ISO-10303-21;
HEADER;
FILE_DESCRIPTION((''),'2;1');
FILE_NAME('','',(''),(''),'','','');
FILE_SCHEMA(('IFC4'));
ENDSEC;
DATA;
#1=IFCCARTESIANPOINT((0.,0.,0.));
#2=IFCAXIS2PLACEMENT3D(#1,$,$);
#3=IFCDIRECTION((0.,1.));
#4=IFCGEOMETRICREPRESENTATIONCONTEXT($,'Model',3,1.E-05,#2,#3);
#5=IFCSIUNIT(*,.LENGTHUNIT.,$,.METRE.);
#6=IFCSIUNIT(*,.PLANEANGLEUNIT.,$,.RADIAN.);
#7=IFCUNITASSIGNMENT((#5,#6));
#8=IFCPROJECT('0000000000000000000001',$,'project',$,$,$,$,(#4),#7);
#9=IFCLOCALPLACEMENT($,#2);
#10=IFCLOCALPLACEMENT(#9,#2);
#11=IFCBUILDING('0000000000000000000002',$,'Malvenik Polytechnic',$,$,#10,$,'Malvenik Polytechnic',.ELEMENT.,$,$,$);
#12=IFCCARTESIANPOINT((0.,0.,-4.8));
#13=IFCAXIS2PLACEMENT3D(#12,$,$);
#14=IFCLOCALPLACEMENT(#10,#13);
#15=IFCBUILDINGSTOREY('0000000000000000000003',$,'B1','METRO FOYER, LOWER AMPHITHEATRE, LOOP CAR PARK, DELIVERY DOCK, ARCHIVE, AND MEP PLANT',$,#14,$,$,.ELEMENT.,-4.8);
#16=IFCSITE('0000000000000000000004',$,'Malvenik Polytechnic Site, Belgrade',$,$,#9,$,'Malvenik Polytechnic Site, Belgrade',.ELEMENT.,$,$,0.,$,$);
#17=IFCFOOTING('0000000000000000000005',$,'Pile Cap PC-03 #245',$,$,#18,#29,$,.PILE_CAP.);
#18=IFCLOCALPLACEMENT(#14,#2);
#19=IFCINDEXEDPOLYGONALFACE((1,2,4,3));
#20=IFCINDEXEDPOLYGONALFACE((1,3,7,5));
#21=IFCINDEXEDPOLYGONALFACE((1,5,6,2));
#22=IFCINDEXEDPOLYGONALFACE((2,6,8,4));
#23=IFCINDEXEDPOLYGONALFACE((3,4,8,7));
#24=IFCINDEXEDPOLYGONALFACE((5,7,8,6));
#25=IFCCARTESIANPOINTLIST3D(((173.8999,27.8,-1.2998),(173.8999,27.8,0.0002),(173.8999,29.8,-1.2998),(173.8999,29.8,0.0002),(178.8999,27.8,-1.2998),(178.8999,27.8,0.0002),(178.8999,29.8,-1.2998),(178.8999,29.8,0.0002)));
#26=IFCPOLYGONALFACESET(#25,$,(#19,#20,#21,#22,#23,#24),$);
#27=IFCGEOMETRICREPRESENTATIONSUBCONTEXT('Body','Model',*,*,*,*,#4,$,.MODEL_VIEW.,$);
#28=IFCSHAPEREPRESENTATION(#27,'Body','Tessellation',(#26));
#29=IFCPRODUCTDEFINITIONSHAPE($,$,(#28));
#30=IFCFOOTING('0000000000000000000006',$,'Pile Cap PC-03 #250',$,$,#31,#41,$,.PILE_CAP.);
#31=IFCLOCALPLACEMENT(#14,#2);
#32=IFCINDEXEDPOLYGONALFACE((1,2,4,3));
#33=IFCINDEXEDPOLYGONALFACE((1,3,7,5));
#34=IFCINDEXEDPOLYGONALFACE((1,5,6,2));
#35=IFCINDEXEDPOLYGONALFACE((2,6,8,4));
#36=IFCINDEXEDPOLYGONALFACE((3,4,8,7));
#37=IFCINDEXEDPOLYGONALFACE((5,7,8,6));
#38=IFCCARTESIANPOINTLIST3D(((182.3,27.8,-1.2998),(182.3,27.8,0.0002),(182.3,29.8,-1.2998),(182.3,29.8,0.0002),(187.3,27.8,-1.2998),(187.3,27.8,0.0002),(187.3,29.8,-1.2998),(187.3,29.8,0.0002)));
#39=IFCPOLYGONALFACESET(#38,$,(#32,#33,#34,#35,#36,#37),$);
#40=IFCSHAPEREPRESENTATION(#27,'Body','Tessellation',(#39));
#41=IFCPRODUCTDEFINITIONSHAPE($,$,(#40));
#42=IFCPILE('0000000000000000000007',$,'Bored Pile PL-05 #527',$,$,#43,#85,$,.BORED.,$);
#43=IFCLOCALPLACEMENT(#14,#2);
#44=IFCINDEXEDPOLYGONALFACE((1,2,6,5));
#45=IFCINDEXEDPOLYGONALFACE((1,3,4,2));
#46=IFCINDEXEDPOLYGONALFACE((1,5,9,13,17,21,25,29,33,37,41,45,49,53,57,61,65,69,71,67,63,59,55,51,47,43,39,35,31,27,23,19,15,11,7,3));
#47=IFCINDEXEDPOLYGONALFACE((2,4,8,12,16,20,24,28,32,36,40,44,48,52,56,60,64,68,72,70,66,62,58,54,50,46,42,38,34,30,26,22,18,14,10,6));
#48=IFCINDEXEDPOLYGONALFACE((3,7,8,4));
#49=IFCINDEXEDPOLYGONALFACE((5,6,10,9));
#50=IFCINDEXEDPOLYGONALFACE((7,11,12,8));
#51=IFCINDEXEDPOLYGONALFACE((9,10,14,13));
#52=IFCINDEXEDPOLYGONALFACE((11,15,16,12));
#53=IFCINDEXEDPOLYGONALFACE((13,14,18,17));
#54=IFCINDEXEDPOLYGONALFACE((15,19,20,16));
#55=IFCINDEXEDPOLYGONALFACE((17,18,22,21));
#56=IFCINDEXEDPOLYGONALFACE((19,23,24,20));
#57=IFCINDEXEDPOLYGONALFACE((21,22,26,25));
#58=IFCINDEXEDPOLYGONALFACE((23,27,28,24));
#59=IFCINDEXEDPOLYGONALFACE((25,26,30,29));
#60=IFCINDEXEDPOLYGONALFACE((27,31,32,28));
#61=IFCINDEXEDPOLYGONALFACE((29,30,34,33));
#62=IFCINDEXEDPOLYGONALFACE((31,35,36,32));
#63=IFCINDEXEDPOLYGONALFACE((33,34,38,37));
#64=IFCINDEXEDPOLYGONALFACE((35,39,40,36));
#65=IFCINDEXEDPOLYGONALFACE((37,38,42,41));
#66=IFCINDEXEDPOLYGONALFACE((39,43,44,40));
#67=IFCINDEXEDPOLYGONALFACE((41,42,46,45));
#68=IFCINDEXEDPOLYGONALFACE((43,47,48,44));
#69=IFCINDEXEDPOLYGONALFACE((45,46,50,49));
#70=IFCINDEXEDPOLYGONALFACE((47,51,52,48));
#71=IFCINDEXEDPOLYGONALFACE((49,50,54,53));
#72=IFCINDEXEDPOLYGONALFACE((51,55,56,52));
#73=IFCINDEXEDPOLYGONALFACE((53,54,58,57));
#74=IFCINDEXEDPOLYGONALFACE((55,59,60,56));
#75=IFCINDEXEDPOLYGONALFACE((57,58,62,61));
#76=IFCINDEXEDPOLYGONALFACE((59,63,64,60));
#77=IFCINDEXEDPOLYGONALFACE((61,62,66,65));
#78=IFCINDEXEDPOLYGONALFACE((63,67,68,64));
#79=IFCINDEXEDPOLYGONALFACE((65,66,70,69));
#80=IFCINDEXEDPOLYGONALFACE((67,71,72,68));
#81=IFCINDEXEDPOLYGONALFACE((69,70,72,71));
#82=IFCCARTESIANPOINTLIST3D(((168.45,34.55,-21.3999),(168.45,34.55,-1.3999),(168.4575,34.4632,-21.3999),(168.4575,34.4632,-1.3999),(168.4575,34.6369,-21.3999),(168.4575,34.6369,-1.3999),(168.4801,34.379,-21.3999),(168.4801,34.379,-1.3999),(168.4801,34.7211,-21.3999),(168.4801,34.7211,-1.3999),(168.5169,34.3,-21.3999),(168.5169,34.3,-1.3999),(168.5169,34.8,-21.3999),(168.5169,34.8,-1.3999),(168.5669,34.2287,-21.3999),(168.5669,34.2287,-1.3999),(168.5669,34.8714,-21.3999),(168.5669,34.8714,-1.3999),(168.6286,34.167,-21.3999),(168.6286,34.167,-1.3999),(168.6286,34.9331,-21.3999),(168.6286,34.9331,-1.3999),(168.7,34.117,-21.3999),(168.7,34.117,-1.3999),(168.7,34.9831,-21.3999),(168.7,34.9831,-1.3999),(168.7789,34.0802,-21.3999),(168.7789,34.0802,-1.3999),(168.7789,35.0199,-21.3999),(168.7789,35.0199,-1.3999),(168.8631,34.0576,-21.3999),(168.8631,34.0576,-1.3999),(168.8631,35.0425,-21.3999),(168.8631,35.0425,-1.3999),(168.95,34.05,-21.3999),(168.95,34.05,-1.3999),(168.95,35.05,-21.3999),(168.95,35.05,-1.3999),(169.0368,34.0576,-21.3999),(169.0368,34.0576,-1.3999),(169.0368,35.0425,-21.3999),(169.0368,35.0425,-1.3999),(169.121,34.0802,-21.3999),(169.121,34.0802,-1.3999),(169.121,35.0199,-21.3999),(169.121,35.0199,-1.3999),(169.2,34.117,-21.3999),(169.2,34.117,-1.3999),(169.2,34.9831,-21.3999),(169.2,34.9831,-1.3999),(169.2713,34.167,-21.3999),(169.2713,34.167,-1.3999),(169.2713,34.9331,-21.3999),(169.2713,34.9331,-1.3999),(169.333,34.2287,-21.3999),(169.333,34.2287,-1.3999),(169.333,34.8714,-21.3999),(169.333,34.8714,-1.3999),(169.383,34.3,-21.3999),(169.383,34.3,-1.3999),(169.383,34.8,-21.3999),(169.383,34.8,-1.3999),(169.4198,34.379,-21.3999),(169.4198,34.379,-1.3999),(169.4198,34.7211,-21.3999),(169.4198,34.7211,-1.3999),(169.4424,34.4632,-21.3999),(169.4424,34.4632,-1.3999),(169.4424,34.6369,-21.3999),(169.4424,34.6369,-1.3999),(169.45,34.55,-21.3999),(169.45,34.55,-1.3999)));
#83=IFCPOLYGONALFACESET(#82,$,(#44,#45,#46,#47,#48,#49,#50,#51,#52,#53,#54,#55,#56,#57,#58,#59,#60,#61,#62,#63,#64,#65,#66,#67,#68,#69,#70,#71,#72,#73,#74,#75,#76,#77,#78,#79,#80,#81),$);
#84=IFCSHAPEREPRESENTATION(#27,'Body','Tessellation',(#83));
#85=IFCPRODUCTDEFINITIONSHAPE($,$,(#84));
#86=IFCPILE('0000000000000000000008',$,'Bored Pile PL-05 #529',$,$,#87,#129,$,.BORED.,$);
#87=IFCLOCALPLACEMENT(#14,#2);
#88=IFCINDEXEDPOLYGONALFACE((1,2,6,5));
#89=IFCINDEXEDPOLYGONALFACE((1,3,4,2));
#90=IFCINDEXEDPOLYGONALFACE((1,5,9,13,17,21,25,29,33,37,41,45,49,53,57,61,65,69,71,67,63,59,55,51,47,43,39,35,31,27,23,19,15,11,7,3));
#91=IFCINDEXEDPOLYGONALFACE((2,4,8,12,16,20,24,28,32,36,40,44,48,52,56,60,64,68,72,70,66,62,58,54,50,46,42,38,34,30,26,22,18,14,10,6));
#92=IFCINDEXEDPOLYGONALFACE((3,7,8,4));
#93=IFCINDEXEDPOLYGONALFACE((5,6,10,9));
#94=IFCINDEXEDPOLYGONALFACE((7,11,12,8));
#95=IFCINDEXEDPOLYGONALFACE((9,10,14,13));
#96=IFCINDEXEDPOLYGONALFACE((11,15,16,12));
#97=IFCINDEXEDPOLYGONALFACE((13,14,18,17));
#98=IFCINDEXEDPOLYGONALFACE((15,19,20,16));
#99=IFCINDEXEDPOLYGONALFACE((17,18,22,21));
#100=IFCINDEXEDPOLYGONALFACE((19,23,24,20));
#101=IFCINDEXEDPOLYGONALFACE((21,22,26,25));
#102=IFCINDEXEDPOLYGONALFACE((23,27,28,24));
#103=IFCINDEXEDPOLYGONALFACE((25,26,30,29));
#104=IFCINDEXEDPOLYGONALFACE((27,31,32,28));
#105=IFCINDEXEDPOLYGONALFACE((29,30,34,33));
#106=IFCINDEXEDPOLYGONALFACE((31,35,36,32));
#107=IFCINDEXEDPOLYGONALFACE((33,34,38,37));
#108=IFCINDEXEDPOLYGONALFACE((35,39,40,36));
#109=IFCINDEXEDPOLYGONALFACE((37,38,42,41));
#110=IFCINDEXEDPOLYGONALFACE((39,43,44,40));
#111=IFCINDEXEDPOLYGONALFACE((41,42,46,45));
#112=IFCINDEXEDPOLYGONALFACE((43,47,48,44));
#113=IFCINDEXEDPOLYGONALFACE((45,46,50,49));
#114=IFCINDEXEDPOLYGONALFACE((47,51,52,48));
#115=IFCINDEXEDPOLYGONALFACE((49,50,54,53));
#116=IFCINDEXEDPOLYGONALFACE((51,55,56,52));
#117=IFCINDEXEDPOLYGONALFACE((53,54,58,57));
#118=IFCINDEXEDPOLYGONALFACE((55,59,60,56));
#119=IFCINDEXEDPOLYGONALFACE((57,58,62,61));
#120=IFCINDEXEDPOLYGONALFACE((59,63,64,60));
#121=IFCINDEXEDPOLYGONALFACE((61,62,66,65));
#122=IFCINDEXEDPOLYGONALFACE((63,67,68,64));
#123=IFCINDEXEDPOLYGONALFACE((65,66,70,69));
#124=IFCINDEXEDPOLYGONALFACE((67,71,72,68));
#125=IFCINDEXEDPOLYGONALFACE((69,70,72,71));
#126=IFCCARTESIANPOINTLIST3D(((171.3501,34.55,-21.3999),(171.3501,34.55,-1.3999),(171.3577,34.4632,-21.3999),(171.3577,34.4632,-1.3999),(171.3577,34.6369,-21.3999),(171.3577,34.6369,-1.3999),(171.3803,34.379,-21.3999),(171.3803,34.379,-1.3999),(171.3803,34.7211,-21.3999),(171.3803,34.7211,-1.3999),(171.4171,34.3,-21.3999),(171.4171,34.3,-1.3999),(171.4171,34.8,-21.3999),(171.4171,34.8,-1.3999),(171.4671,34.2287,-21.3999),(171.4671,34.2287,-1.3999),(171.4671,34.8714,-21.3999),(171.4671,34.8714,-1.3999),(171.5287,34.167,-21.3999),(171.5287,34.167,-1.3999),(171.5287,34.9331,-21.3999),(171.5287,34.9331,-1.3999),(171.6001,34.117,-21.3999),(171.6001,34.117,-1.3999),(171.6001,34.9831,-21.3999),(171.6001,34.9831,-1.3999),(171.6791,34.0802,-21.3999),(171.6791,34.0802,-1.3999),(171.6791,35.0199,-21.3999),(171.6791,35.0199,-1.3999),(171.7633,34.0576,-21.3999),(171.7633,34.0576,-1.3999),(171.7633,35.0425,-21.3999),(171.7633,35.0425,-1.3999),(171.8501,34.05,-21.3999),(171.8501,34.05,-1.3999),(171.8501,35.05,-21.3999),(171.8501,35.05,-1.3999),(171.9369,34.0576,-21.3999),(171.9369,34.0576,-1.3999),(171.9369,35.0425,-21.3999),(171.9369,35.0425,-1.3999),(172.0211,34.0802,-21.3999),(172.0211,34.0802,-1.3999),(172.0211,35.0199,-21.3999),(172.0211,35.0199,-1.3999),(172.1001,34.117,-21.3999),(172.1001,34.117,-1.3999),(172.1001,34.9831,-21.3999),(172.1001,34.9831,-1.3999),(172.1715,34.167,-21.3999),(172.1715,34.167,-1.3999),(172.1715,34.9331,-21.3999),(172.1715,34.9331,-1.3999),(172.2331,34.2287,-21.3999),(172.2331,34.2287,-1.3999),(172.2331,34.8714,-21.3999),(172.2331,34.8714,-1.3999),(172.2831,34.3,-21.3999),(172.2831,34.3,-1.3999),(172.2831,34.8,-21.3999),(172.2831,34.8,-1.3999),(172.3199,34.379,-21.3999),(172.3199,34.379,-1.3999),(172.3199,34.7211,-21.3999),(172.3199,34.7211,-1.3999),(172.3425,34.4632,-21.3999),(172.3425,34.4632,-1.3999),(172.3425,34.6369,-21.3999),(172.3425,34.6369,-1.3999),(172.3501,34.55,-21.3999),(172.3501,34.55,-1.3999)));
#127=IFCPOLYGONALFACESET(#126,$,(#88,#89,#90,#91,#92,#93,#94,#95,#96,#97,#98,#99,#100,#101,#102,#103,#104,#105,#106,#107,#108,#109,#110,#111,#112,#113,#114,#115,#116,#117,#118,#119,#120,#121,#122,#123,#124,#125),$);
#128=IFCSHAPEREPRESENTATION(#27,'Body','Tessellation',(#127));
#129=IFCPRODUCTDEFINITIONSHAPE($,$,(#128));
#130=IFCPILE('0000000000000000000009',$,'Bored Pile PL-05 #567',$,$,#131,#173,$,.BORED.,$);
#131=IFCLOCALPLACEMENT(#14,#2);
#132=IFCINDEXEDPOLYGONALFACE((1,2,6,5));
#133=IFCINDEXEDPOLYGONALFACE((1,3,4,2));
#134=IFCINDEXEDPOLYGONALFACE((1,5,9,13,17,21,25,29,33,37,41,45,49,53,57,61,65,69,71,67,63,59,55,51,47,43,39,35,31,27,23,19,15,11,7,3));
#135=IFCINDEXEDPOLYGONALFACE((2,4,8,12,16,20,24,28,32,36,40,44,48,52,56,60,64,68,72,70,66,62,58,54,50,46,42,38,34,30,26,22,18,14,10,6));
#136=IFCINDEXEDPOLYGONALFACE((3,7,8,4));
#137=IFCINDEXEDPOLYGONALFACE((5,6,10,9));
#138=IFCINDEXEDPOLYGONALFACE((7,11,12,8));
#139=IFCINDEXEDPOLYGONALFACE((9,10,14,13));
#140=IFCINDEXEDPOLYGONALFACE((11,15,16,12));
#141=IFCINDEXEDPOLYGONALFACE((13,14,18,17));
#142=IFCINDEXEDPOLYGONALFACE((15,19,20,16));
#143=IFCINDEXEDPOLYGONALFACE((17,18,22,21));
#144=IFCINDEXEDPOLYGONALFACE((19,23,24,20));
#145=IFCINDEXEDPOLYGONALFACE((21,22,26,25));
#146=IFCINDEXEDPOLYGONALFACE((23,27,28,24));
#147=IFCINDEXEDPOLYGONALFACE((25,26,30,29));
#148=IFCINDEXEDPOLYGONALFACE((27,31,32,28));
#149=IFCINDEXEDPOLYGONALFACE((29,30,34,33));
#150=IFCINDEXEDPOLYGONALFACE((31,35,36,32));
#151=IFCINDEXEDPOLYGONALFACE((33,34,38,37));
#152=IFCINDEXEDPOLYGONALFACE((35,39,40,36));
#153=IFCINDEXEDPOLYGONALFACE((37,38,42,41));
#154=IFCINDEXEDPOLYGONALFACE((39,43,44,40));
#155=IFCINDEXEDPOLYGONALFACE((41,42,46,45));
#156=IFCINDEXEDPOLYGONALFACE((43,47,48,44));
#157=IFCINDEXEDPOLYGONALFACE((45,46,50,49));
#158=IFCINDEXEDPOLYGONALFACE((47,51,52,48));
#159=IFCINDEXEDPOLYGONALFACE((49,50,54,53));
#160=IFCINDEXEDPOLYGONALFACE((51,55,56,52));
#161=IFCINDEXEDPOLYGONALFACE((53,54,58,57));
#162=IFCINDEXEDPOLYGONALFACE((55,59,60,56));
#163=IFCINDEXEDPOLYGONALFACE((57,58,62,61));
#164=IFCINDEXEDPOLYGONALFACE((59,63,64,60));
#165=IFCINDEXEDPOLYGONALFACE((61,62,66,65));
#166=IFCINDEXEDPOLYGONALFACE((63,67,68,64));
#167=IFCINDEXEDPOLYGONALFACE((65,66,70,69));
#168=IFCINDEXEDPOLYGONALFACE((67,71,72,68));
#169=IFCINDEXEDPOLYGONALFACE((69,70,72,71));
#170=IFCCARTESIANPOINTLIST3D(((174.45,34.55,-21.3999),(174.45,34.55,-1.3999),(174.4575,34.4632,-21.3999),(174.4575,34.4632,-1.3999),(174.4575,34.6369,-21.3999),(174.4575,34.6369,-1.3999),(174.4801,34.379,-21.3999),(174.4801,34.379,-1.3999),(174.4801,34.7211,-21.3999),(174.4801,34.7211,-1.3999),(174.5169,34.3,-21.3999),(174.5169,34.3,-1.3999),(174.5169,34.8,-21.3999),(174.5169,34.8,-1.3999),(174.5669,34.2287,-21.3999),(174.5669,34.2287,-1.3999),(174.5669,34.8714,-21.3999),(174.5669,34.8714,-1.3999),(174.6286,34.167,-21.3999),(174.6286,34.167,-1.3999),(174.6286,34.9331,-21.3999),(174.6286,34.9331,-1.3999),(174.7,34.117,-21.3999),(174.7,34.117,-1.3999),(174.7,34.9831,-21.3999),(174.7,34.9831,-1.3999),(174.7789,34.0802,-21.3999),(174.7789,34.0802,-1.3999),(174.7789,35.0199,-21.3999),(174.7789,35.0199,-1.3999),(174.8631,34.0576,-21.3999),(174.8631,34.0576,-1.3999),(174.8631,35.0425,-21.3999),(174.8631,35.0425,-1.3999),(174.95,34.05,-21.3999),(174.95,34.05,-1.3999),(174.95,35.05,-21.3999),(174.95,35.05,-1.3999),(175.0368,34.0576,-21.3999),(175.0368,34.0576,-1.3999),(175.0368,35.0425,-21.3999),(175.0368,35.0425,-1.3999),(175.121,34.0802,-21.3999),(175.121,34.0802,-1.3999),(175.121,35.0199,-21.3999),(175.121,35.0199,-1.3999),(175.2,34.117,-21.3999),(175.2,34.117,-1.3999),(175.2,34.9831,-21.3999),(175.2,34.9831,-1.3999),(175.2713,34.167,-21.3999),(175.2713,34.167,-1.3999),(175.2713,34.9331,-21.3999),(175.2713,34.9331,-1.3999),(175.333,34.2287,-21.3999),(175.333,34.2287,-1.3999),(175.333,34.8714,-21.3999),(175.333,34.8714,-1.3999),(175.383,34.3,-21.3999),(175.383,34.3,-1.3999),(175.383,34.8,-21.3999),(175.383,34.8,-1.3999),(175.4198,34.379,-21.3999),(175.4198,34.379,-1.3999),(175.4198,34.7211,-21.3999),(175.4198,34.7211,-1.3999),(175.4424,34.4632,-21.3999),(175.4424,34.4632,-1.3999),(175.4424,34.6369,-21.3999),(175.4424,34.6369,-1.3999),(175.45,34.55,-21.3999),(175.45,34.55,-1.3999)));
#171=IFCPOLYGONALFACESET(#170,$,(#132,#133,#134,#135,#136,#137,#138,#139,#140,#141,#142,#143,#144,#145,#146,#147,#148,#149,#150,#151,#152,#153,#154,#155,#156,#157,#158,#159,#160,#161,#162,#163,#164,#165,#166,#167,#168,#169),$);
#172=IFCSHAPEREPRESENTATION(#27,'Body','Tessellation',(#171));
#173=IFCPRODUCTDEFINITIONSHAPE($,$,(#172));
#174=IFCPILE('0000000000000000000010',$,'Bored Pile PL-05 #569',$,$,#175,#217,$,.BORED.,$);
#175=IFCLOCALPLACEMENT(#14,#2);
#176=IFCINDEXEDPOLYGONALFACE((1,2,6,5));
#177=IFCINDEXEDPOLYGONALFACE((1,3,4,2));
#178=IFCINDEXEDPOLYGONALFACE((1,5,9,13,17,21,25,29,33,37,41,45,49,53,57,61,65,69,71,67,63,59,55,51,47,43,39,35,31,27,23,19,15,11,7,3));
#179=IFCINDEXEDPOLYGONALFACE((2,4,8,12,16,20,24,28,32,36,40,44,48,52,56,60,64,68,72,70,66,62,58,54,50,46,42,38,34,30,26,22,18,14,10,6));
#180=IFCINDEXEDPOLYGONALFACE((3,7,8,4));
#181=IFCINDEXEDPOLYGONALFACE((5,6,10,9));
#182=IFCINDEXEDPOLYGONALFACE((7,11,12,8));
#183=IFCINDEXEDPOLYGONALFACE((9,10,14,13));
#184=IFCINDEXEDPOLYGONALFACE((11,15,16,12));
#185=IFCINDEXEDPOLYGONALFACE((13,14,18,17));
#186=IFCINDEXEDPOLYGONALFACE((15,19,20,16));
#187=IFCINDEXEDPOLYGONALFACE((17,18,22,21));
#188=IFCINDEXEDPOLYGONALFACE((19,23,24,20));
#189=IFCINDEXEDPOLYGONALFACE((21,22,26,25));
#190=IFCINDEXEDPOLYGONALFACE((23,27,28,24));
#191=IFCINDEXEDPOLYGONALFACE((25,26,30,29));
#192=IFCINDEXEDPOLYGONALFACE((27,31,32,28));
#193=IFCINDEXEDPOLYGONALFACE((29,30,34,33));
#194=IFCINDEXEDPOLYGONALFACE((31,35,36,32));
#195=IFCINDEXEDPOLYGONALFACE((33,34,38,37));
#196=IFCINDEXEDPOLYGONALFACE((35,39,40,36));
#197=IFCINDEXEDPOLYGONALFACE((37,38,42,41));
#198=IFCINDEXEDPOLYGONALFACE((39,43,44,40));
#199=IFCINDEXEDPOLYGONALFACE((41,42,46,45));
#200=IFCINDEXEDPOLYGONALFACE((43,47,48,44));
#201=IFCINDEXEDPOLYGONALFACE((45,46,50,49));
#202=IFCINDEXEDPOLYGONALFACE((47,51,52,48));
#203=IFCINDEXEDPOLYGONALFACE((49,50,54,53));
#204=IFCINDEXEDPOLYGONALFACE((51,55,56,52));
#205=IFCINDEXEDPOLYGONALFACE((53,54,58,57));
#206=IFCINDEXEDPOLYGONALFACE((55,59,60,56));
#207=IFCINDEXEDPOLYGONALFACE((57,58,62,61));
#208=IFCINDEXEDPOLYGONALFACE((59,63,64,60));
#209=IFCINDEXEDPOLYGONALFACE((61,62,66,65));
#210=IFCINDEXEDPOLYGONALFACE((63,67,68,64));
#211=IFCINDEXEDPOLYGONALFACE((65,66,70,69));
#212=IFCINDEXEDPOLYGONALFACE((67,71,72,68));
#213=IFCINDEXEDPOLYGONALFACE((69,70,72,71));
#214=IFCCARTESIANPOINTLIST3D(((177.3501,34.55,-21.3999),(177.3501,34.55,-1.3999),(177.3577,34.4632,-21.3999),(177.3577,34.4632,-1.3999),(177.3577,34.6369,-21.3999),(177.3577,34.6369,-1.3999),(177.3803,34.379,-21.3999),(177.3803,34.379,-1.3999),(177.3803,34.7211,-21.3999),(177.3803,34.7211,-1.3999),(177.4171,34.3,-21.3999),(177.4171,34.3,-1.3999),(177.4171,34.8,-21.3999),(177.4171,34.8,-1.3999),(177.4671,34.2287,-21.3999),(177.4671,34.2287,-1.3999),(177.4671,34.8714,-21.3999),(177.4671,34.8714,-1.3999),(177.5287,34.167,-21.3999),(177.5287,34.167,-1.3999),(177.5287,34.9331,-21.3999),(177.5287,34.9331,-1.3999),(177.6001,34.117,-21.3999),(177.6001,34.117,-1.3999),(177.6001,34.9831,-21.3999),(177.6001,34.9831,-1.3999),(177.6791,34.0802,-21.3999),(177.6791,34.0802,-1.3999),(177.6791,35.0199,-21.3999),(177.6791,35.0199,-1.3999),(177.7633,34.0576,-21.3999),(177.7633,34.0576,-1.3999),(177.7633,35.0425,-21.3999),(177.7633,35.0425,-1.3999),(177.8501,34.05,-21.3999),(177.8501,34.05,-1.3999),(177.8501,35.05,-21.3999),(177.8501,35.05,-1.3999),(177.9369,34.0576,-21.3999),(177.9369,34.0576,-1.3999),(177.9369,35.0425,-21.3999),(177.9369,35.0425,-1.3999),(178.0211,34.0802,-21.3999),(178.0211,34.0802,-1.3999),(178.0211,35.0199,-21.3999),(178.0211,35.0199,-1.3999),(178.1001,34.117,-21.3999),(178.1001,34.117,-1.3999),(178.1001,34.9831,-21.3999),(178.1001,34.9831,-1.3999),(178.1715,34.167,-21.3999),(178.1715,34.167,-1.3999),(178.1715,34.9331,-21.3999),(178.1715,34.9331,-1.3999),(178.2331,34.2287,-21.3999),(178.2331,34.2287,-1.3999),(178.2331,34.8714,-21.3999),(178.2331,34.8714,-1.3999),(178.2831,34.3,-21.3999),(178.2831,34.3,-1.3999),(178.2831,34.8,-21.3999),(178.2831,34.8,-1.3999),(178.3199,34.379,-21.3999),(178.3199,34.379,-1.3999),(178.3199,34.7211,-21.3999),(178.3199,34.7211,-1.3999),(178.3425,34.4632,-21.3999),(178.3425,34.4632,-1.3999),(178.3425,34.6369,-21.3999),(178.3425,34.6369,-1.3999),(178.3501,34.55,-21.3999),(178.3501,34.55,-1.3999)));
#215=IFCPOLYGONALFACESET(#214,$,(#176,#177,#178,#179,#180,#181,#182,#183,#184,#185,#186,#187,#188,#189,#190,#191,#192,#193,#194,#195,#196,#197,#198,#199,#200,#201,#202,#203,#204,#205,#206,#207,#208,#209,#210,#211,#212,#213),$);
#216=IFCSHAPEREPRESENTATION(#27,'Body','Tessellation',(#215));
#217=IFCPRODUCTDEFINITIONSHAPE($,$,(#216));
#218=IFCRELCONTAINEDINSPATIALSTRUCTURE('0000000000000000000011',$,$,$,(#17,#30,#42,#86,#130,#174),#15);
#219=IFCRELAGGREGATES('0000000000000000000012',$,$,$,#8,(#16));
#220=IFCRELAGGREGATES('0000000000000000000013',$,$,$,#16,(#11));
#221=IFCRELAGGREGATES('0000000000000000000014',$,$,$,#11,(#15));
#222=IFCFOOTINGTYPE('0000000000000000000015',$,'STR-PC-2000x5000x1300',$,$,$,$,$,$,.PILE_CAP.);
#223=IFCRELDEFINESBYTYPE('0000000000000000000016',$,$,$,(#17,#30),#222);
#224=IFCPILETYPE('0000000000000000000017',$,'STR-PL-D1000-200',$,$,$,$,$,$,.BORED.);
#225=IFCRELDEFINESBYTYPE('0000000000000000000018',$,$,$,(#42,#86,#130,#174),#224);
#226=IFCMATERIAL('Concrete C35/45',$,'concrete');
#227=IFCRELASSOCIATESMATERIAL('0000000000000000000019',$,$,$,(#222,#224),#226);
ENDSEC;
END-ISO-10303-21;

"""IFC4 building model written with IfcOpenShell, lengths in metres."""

from ifc_helpers import new_model, si_unit, direction, frame, origin, origin_2d, place, context, subcontext, project, spatial, rectangle, circle, extrude, material, material_profile, profile_set, type_object, element, save


model = new_model("IFC4")

# Units and contexts
model_context = context("Model", 3, precision=1e-05, world=origin(), true_north=direction((0.0, 1.0)))
body_context = subcontext(model_context, "Body", "Model", "MODEL_VIEW")
ifc_project = project(units=[si_unit("LENGTHUNIT", "METRE"), si_unit("PLANEANGLEUNIT", "RADIAN")], contexts=[model_context])

# Site, building, storey
site_placement = place(None, origin())
site = spatial("IfcSite", under=ifc_project, at=site_placement, Name="Malvenik Polytechnic Site, Belgrade", LongName="Malvenik Polytechnic Site, Belgrade", CompositionType="ELEMENT", RefElevation=0.0)
building_placement = place(site_placement, origin())
building = spatial("IfcBuilding", under=site, at=building_placement, Name="Malvenik Polytechnic", LongName="Malvenik Polytechnic", CompositionType="ELEMENT")
storey_placement = place(building_placement, frame((0.0, 0.0, -4.8)))
storey = spatial("IfcBuildingStorey", under=building, at=storey_placement, Name="B1", Description="METRO FOYER, LOWER AMPHITHEATRE, LOOP CAR PARK, DELIVERY DOCK, ARCHIVE, AND MEP PLANT", CompositionType="ELEMENT", Elevation=-4.8)

# Footings
ifc_material_1 = material(Name="Concrete C35/45", Category="concrete")
footing_type = type_object("IfcFootingType", Name="STR-PC-2000x5000x1300", PredefinedType="PILE_CAP", material=ifc_material_1)
for number, where, z_axis, x_axis, name in (
    (1, (176.3999, 28.8, -1.2998), (0.0, 0.0, 1.0), (1.0, 0.0, 0.0), "Pile Cap PC-03 #245"),
    (2, (184.8, 28.8, -1.2998), (0.0, 0.0, 1.0), (1.0, 0.0, 0.0), "Pile Cap PC-03 #250"),
):
    element("IfcFooting", number, at=place(storey_placement, frame(where, z_axis=z_axis, x_axis=x_axis)), inside=storey, type_object=footing_type, Name=name, PredefinedType="PILE_CAP", context=body_context, shape_type="SweptSolid", body=[
        extrude(rectangle(XDim=5.0, YDim=2.0, at=origin_2d()), origin(), (0.0, 0.0, 1.0), 1.3),
    ])

# Piles
ifc_material_profile_1 = material_profile(ifc_material_1, circle(Radius=0.5, at=origin_2d()), Name="BORED PILE D1000")
ifc_profile_set_1 = profile_set([ifc_material_profile_1], Name="Concrete C35/45")
pile_type_1 = type_object("IfcPileType", Name="STR-PL-D1000-200", PredefinedType="BORED", material=ifc_profile_set_1)
for number, where, z_axis, x_axis, name in (
    (3, (168.95, 34.55, -1.3999), (0.0, 0.0, -1.0), (1.0, 0.0, 0.0), "Bored Pile PL-05 #527"),
    (4, (171.8501, 34.55, -1.3999), (0.0, 0.0, -1.0), (1.0, 0.0, 0.0), "Bored Pile PL-05 #529"),
    (5, (174.95, 34.55, -1.3999), (0.0, 0.0, -1.0), (1.0, 0.0, 0.0), "Bored Pile PL-05 #567"),
    (6, (177.8501, 34.55, -1.3999), (0.0, 0.0, -1.0), (1.0, 0.0, 0.0), "Bored Pile PL-05 #569"),
):
    element("IfcPile", number, at=place(storey_placement, frame(where, z_axis=z_axis, x_axis=x_axis)), inside=storey, type_object=pile_type_1, Name=name, PredefinedType="BORED", context=body_context, shape_type="SweptSolid", body=[
        extrude(circle(Radius=0.5, at=origin_2d()), origin(), (0.0, 0.0, 1.0), 20.0),
    ])

save(model, "model.ifc")
